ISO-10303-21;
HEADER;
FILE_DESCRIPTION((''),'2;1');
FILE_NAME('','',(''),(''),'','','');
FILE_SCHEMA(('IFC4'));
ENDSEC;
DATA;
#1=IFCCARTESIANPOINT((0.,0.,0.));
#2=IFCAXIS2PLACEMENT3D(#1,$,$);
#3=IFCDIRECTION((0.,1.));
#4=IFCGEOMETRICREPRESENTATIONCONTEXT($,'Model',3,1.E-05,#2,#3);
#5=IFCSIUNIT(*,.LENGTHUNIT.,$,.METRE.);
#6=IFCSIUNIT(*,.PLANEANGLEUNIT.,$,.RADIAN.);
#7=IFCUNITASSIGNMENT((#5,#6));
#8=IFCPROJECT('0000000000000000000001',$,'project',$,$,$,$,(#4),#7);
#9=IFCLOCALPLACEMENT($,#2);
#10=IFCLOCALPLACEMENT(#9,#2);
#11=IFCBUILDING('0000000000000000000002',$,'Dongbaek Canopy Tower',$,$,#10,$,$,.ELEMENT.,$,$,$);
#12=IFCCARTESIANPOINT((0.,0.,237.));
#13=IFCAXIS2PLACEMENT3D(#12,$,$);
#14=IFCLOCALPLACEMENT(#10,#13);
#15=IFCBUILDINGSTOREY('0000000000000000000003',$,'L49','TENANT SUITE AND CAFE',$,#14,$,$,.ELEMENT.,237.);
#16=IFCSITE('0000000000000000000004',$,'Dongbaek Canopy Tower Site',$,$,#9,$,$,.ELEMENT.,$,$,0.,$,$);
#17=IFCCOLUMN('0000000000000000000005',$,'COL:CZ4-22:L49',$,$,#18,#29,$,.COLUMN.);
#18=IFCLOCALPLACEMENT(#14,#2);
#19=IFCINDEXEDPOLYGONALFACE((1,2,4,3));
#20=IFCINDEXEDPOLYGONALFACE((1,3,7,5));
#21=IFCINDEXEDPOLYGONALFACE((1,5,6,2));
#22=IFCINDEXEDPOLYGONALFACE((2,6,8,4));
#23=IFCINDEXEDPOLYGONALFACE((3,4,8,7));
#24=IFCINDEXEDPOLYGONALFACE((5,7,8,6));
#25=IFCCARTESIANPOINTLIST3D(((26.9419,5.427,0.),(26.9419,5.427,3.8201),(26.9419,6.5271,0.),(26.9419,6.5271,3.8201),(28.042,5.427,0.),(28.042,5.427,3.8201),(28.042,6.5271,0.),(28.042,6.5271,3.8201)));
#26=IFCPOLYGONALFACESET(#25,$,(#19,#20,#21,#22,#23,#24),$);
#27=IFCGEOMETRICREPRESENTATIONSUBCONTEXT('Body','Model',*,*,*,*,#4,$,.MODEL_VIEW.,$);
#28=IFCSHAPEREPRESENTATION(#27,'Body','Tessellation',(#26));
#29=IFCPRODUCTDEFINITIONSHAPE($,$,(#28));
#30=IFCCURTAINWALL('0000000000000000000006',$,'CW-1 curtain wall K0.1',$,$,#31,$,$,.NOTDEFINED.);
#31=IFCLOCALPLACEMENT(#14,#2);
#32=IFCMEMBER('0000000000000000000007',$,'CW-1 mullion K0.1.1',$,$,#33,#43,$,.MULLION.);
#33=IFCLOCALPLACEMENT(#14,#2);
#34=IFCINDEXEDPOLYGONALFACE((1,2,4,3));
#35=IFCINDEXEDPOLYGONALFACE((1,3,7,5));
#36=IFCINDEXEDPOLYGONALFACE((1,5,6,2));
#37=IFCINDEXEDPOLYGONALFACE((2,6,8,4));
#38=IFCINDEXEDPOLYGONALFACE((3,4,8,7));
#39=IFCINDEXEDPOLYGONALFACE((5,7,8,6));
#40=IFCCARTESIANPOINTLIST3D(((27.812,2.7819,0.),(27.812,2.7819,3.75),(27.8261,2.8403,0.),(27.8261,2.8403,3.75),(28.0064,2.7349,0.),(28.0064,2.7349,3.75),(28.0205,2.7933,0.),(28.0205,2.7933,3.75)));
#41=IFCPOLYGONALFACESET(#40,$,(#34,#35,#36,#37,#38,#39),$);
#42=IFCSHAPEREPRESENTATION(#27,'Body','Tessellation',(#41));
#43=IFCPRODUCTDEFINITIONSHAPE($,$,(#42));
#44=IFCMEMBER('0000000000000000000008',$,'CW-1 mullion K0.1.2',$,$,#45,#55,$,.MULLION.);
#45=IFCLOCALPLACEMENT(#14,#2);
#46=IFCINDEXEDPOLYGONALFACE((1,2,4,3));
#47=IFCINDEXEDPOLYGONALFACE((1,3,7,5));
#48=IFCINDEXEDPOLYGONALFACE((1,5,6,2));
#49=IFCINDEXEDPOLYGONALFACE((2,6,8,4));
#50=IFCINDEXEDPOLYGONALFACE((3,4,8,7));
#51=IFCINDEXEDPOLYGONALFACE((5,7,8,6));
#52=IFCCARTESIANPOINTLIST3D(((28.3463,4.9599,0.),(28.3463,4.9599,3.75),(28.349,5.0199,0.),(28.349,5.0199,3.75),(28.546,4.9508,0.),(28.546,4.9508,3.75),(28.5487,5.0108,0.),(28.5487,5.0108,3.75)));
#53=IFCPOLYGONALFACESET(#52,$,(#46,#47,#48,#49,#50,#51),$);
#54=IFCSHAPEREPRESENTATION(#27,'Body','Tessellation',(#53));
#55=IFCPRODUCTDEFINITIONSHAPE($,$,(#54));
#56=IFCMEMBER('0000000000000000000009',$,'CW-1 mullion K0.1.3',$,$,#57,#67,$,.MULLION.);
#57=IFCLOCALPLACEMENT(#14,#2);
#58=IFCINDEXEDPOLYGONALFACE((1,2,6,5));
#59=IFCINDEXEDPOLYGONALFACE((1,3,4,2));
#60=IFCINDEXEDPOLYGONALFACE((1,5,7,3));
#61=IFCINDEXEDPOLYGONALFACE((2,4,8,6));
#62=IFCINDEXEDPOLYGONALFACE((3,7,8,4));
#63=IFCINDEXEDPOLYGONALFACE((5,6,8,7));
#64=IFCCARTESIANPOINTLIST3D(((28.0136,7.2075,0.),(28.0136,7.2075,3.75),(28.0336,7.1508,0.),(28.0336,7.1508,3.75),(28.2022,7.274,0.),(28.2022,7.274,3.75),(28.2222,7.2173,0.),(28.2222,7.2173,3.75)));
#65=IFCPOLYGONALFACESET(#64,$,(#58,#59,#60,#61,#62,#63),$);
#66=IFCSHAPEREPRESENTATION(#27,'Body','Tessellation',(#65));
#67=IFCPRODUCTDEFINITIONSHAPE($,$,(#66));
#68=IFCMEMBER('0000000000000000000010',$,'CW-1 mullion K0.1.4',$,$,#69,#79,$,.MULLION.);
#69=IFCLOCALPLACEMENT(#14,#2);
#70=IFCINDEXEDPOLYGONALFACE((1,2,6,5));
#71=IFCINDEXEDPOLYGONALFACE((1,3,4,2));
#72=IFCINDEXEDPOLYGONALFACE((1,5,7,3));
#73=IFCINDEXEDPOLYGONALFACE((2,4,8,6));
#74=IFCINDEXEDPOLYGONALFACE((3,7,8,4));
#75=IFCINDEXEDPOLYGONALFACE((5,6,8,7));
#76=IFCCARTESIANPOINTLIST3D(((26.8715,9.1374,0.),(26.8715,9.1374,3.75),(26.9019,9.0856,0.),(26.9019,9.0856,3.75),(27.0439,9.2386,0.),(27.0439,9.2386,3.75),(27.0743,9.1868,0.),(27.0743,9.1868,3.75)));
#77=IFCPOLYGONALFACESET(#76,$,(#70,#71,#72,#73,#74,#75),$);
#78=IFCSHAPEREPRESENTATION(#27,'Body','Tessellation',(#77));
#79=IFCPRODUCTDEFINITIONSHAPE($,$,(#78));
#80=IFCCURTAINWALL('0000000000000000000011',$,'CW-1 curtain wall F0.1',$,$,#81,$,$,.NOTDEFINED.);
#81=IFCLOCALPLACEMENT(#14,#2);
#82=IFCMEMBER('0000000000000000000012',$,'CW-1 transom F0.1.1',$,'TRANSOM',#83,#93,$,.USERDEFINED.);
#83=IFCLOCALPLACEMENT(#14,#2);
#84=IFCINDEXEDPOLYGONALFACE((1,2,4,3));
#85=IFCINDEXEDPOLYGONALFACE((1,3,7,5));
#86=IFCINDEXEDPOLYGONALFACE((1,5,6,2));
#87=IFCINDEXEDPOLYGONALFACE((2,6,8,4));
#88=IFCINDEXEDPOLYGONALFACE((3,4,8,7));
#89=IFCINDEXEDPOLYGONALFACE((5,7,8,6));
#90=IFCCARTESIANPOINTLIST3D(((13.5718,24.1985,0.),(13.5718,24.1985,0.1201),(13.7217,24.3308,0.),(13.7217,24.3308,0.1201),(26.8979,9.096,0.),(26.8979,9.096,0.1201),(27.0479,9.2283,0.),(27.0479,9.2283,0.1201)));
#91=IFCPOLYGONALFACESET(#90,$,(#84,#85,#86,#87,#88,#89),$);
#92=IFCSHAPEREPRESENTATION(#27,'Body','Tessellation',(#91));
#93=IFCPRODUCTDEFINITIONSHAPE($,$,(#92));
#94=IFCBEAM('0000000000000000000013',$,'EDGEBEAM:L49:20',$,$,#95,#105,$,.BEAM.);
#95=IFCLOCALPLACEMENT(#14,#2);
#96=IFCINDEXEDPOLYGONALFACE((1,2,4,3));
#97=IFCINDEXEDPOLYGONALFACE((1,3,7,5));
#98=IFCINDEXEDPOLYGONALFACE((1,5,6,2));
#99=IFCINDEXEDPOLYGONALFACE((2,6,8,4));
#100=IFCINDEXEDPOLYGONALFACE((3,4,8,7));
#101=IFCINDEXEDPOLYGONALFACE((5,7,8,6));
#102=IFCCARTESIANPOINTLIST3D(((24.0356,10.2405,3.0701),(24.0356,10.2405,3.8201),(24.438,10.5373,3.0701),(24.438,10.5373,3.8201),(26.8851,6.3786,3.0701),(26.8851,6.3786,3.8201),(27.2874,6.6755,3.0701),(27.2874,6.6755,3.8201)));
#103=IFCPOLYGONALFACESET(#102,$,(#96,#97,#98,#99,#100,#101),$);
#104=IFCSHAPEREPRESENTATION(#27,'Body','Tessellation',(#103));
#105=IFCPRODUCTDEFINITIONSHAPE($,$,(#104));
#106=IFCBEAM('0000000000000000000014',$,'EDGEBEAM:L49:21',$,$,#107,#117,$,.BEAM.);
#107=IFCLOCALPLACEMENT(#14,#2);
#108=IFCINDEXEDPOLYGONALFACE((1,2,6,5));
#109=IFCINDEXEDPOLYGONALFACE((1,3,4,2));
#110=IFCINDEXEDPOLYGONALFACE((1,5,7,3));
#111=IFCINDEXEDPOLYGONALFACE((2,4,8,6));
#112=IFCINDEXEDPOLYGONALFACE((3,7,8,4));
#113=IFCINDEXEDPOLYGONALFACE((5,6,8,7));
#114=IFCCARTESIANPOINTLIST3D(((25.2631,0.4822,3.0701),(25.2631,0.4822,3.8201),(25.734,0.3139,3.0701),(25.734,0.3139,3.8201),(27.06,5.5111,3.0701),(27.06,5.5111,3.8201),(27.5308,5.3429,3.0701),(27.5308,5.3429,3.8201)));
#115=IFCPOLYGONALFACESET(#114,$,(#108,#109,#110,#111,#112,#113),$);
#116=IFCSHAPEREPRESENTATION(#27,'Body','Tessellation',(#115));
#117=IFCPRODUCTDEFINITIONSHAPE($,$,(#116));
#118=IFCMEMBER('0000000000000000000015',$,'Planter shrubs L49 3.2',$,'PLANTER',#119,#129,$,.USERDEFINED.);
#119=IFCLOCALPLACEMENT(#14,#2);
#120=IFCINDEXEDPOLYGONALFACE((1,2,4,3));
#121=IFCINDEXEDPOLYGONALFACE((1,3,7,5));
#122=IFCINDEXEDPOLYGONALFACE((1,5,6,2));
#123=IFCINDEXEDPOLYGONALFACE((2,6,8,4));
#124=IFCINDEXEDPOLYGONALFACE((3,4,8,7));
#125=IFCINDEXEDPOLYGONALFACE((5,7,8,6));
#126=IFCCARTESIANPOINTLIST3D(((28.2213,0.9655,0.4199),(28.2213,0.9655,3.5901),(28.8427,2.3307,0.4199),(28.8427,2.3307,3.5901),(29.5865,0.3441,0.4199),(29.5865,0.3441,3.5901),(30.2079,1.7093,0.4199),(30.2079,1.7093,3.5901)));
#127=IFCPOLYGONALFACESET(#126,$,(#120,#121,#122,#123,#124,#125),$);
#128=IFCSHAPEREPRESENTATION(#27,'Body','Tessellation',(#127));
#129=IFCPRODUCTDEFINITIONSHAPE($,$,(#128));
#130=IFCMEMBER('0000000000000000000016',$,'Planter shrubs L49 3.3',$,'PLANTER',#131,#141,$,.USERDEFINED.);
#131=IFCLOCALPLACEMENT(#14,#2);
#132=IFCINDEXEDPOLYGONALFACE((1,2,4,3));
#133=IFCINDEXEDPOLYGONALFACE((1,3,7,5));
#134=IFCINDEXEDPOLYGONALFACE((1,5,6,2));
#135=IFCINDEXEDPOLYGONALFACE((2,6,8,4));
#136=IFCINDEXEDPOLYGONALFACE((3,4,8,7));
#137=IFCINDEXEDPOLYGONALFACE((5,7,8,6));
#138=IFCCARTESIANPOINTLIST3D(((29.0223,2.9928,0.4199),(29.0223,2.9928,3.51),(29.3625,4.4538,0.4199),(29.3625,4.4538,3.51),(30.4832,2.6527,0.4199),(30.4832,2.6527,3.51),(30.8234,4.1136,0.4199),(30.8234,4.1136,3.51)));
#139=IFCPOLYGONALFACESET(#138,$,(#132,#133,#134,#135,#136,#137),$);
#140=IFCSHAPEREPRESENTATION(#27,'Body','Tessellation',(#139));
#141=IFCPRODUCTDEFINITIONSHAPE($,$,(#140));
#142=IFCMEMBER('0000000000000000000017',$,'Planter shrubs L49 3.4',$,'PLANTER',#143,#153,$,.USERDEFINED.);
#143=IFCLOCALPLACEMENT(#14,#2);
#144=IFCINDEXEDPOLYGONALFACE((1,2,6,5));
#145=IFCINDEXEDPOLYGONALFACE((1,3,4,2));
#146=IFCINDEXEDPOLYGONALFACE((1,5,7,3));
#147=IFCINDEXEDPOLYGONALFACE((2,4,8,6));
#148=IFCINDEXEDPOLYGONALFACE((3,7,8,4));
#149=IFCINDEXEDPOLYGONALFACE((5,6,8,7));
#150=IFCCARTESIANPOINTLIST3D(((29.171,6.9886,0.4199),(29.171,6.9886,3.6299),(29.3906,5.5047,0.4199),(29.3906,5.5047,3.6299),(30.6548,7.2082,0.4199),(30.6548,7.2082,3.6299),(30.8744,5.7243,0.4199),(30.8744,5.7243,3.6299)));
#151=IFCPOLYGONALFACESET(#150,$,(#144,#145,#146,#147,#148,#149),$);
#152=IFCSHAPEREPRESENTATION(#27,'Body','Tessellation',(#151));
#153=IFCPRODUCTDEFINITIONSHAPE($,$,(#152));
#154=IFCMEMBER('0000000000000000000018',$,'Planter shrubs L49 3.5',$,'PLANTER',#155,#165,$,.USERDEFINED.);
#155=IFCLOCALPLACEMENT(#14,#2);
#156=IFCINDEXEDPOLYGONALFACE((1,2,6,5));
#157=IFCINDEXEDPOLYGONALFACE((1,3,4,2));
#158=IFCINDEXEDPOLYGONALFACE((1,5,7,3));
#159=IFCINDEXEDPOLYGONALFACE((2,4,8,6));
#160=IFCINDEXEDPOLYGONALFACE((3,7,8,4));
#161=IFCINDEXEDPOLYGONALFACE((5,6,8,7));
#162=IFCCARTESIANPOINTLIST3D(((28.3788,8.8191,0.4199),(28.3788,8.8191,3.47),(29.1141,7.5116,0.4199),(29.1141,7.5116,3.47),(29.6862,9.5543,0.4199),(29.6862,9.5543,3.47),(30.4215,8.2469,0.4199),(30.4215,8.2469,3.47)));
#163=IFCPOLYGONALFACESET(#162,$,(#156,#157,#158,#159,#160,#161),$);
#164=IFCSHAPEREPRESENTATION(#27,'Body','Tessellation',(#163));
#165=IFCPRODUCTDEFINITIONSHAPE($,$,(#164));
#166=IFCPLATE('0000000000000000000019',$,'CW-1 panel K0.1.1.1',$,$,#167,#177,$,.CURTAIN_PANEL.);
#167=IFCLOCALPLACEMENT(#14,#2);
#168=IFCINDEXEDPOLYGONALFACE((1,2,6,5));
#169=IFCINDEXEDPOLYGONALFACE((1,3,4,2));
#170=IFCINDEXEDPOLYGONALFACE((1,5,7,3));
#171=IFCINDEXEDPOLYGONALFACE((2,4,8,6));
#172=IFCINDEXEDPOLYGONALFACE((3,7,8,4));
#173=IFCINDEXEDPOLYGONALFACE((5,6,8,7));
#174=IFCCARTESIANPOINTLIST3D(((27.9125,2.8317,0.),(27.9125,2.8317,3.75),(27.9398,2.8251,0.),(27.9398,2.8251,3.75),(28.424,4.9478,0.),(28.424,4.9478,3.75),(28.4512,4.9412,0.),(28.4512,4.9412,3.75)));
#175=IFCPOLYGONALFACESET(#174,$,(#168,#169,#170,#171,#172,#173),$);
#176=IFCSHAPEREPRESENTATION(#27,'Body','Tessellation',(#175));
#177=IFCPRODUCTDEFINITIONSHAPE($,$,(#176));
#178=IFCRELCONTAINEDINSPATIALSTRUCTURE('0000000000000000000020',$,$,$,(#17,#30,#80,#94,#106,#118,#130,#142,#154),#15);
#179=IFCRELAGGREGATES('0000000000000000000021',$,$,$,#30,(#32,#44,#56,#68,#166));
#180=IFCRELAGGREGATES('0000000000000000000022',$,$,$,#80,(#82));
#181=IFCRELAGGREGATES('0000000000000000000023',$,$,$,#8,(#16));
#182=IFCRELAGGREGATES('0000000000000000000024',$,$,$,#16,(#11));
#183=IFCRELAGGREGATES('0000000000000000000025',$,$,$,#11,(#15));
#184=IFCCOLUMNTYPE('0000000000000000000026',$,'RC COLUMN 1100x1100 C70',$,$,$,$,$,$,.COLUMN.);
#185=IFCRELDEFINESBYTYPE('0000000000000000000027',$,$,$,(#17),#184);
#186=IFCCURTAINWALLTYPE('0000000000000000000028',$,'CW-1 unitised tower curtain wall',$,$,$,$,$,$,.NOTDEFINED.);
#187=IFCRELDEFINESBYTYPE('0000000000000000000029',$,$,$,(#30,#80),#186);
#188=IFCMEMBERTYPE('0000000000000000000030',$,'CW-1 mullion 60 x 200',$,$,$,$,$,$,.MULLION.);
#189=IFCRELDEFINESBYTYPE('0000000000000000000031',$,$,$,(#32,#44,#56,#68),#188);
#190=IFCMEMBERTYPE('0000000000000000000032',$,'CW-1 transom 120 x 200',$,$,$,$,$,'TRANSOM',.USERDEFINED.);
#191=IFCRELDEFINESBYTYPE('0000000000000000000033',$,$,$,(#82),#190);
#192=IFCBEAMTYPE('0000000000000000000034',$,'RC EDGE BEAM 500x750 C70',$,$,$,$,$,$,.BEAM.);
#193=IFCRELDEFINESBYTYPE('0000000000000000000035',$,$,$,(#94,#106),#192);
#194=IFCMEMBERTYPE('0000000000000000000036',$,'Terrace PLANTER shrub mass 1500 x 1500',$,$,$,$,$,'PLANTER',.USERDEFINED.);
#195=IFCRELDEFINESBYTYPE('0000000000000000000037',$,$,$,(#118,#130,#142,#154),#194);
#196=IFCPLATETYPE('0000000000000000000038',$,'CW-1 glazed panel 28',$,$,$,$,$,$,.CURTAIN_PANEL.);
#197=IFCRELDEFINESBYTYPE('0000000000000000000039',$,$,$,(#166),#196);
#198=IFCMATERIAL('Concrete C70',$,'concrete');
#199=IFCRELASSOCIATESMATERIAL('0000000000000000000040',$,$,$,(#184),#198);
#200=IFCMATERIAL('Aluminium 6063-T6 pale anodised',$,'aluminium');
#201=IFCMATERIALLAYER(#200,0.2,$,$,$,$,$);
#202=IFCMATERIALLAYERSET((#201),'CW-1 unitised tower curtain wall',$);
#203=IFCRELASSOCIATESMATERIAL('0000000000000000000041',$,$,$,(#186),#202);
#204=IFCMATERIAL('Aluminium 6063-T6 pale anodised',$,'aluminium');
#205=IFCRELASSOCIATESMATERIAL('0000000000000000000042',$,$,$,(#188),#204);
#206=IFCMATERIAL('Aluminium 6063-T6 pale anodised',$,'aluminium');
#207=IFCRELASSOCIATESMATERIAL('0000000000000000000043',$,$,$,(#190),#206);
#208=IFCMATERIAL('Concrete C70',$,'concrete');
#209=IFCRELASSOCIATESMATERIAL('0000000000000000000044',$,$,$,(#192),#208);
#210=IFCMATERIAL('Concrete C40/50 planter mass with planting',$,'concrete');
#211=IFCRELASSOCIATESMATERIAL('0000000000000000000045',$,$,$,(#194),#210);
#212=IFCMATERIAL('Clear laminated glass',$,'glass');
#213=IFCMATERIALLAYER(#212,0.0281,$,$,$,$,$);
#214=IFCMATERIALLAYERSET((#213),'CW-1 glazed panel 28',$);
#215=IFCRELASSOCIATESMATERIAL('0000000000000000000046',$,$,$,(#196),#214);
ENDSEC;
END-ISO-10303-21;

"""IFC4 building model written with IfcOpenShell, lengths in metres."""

from ifc_helpers import new_model, si_unit, direction, frame, origin, origin_2d, place, context, subcontext, project, spatial, rectangle, extrude, material, layer, layer_set, material_profile, profile_set, type_object, element, aggregate, save


model = new_model("IFC4")

# Units and contexts
model_context = context("Model", 3, precision=1e-05, world=origin(), true_north=direction((0.0, 1.0)))
body_context = subcontext(model_context, "Body", "Model", "MODEL_VIEW")
ifc_project = project(units=[si_unit("LENGTHUNIT", "METRE"), si_unit("PLANEANGLEUNIT", "RADIAN")], contexts=[model_context])

# Site, building, storey
site_placement = place(None, origin())
site = spatial("IfcSite", under=ifc_project, at=site_placement, Name="Dongbaek Canopy Tower Site", CompositionType="ELEMENT", RefElevation=0.0)
building_placement = place(site_placement, origin())
building = spatial("IfcBuilding", under=site, at=building_placement, Name="Dongbaek Canopy Tower", CompositionType="ELEMENT")
storey_placement = place(building_placement, frame((0.0, 0.0, 237.0)))
storey = spatial("IfcBuildingStorey", under=building, at=storey_placement, Name="L49", Description="TENANT SUITE AND CAFE", CompositionType="ELEMENT", Elevation=237.0)

# Column
ifc_material_1 = material(Name="Concrete C70", Category="concrete")
ifc_material_profile_1 = material_profile(ifc_material_1, rectangle(XDim=1.1001, YDim=1.1001, at=origin_2d()), Name="RC COLUMN 1100x1100 C70")
ifc_profile_set_1 = profile_set([ifc_material_profile_1], Name="Concrete C70")
column_type = type_object("IfcColumnType", Name="RC COLUMN 1100x1100 C70", PredefinedType="COLUMN", material=ifc_profile_set_1)
column_placement = place(storey_placement, frame((27.4919, 5.9771, 0.0), z_axis=(0.0, 0.0, 1.0), x_axis=(1.0, 0.0, 0.0)))
element("IfcColumn", 1, at=column_placement, inside=storey, type_object=column_type, Name="COL:CZ4-22:L49", PredefinedType="COLUMN", context=body_context, shape_type="SweptSolid", body=[
    extrude(rectangle(XDim=1.1001, YDim=1.1001, at=origin_2d()), origin(), (0.0, 0.0, 1.0), 3.8201),
])

# Curtain wall, members
ifc_material_2 = material(Name="Aluminium 6063-T6 pale anodised", Category="aluminium")
ifc_layer_1 = layer(ifc_material_2, 0.2)
ifc_layer_set_1 = layer_set([ifc_layer_1], Name="CW-1 unitised tower curtain wall")
curtain_wall_type = type_object("IfcCurtainWallType", Name="CW-1 unitised tower curtain wall", PredefinedType="NOTDEFINED", material=ifc_layer_set_1)
curtain_wall_1_placement = place(storey_placement, origin())
curtain_wall_1 = element("IfcCurtainWall", 2, at=curtain_wall_1_placement, inside=storey, type_object=curtain_wall_type, Name="CW-1 curtain wall K0.1", PredefinedType="NOTDEFINED")
ifc_material_3 = material(Name="Aluminium 6063-T6 pale anodised", Category="aluminium")
ifc_material_profile_2 = material_profile(ifc_material_3, rectangle(XDim=0.2, YDim=0.0601, at=origin_2d()), Name="CW-1 mullion 60 x 200")
ifc_profile_set_2 = profile_set([ifc_material_profile_2], Name="Aluminium 6063-T6 pale anodised")
member_type_1 = type_object("IfcMemberType", Name="CW-1 mullion 60 x 200", PredefinedType="MULLION", material=ifc_profile_set_2)
member_1_placement = place(storey_placement, frame((27.9163, 2.7876, 0.0), z_axis=(0.0, 0.0, 1.0), x_axis=(0.972014, -0.234923, 0.0)))
member_1 = element("IfcMember", 3, at=member_1_placement, type_object=member_type_1, Name="CW-1 mullion K0.1.1", PredefinedType="MULLION", context=body_context, shape_type="SweptSolid", body=[
    extrude(rectangle(XDim=0.2, YDim=0.0601, at=origin_2d()), origin(), (0.0, 0.0, 1.0), 3.75),
])
member_2_placement = place(storey_placement, frame((28.4475, 4.9854, 0.0), z_axis=(0.0, 0.0, 1.0), x_axis=(0.998983, -0.045098, 0.0)))
member_2 = element("IfcMember", 4, at=member_2_placement, type_object=member_type_1, Name="CW-1 mullion K0.1.2", PredefinedType="MULLION", context=body_context, shape_type="SweptSolid", body=[
    extrude(rectangle(XDim=0.2, YDim=0.0601, at=origin_2d()), origin(), (0.0, 0.0, 1.0), 3.75),
])
member_3_placement = place(storey_placement, frame((28.1179, 7.2124, 0.0), z_axis=(0.0, 0.0, 1.0), x_axis=(0.943108, 0.332487, 0.0)))
member_3 = element("IfcMember", 5, at=member_3_placement, type_object=member_type_1, Name="CW-1 mullion K0.1.3", PredefinedType="MULLION", context=body_context, shape_type="SweptSolid", body=[
    extrude(rectangle(XDim=0.2, YDim=0.0601, at=origin_2d()), origin(), (0.0, 0.0, 1.0), 3.75),
])
member_4_placement = place(storey_placement, frame((26.9729, 9.1621, 0.0), z_axis=(0.0, 0.0, 1.0), x_axis=(0.862318, 0.506367, 0.0)))
member_4 = element("IfcMember", 6, at=member_4_placement, type_object=member_type_1, Name="CW-1 mullion K0.1.4", PredefinedType="MULLION", context=body_context, shape_type="SweptSolid", body=[
    extrude(rectangle(XDim=0.2, YDim=0.0601, at=origin_2d()), origin(), (0.0, 0.0, 1.0), 3.75),
])

# Curtain wall, member
curtain_wall_2_placement = place(storey_placement, origin())
curtain_wall_2 = element("IfcCurtainWall", 7, at=curtain_wall_2_placement, inside=storey, type_object=curtain_wall_type, Name="CW-1 curtain wall F0.1", PredefinedType="NOTDEFINED")
ifc_material_4 = material(Name="Aluminium 6063-T6 pale anodised", Category="aluminium")
ifc_material_profile_3 = material_profile(ifc_material_4, rectangle(XDim=0.2, YDim=0.1201, at=origin_2d()), Name="CW-1 transom 120 x 200")
ifc_profile_set_3 = profile_set([ifc_material_profile_3], Name="Aluminium 6063-T6 pale anodised")
member_type_2 = type_object("IfcMemberType", Name="CW-1 transom 120 x 200", ElementType="TRANSOM", PredefinedType="USERDEFINED", material=ifc_profile_set_3)
member_5_placement = place(storey_placement, frame((26.9729, 9.1621, 0.0601), z_axis=(-0.661633, 0.749828, 0.0), x_axis=(-0.749828, -0.661633, 0.0)))
member_5 = element("IfcMember", 8, at=member_5_placement, type_object=member_type_2, Name="CW-1 transom F0.1.1", ObjectType="TRANSOM", PredefinedType="USERDEFINED", context=body_context, shape_type="SweptSolid", body=[
    extrude(rectangle(XDim=0.2, YDim=0.1201, at=origin_2d()), origin(), (0.0, 0.0, 1.0), 20.1414),
])

# Beams
ifc_material_5 = material(Name="Concrete C70", Category="concrete")
ifc_material_profile_4 = material_profile(ifc_material_5, rectangle(XDim=0.5, YDim=0.75, at=origin_2d()), Name="RC EDGE BEAM 500x750 C70")
ifc_profile_set_4 = profile_set([ifc_material_profile_4], Name="Concrete C70")
beam_type = type_object("IfcBeamType", Name="RC EDGE BEAM 500x750 C70", PredefinedType="BEAM", material=ifc_profile_set_4)
beam_1_placement = place(storey_placement, frame((24.2368, 10.3889, 3.4451), z_axis=(0.593714, -0.804676, 0.0), x_axis=(0.804676, 0.593714, 0.0)))
element("IfcBeam", 9, at=beam_1_placement, inside=storey, type_object=beam_type, Name="EDGEBEAM:L49:20", PredefinedType="BEAM", context=body_context, shape_type="SweptSolid", body=[
    extrude(rectangle(XDim=0.5, YDim=0.75, at=origin_2d()), origin(), (0.0, 0.0, 1.0), 4.7993),
])
beam_2_placement = place(storey_placement, frame((27.2954, 5.427, 3.4451), z_axis=(-0.336467, -0.941695, 0.0), x_axis=(0.941695, -0.336467, 0.0)))
element("IfcBeam", 10, at=beam_2_placement, inside=storey, type_object=beam_type, Name="EDGEBEAM:L49:21", PredefinedType="BEAM", context=body_context, shape_type="SweptSolid", body=[
    extrude(rectangle(XDim=0.5, YDim=0.75, at=origin_2d()), origin(), (0.0, 0.0, 1.0), 5.3403),
])

# Members
ifc_material_6 = material(Name="Concrete C40/50 planter mass with planting", Category="concrete")
ifc_material_profile_5 = material_profile(ifc_material_6, rectangle(XDim=1.5, YDim=1.5, at=origin_2d()), Name="Terrace PLANTER shrub mass 1500 x 1500")
ifc_profile_set_5 = profile_set([ifc_material_profile_5], Name="Concrete C40/50 planter mass with planting")
member_type_3 = type_object("IfcMemberType", Name="Terrace PLANTER shrub mass 1500 x 1500", ElementType="PLANTER", PredefinedType="USERDEFINED", material=ifc_profile_set_5)
member_6_placement = place(storey_placement, frame((29.2146, 1.3374, 0.4199), z_axis=(0.0, 0.0, 1.0), x_axis=(0.910164, -0.414249, 0.0)))
element("IfcMember", 11, at=member_6_placement, inside=storey, type_object=member_type_3, Name="Planter shrubs L49 3.2", ObjectType="PLANTER", PredefinedType="USERDEFINED", context=body_context, shape_type="SweptSolid", body=[
    extrude(rectangle(XDim=1.5, YDim=1.5, at=origin_2d()), origin(), (0.0, 0.0, 1.0), 3.1702),
])
member_7_placement = place(storey_placement, frame((29.9229, 3.5532, 0.4199), z_axis=(0.0, 0.0, 1.0), x_axis=(0.973951, -0.22676, 0.0)))
element("IfcMember", 12, at=member_7_placement, inside=storey, type_object=member_type_3, Name="Planter shrubs L49 3.3", ObjectType="PLANTER", PredefinedType="USERDEFINED", context=body_context, shape_type="SweptSolid", body=[
    extrude(rectangle(XDim=1.5, YDim=1.5, at=origin_2d()), origin(), (0.0, 0.0, 1.0), 3.0901),
])
member_8_placement = place(storey_placement, frame((30.0227, 6.3564, 0.4199), z_axis=(0.0, 0.0, 1.0), x_axis=(0.989228, 0.146385, 0.0)))
element("IfcMember", 13, at=member_8_placement, inside=storey, type_object=member_type_3, Name="Planter shrubs L49 3.4", ObjectType="PLANTER", PredefinedType="USERDEFINED", context=body_context, shape_type="SweptSolid", body=[
    extrude(rectangle(XDim=1.5, YDim=1.5, at=origin_2d()), origin(), (0.0, 0.0, 1.0), 3.21),
])
member_9_placement = place(storey_placement, frame((29.4001, 8.533, 0.4199), z_axis=(0.0, 0.0, 1.0), x_axis=(0.871626, 0.490171, 0.0)))
element("IfcMember", 14, at=member_9_placement, inside=storey, type_object=member_type_3, Name="Planter shrubs L49 3.5", ObjectType="PLANTER", PredefinedType="USERDEFINED", context=body_context, shape_type="SweptSolid", body=[
    extrude(rectangle(XDim=1.5, YDim=1.5, at=origin_2d()), origin(), (0.0, 0.0, 1.0), 3.05),
])

# Plate
ifc_material_7 = material(Name="Clear laminated glass", Category="glass")
ifc_layer_2 = layer(ifc_material_7, 0.0281)
ifc_layer_set_2 = layer_set([ifc_layer_2], Name="CW-1 glazed panel 28")
plate_type = type_object("IfcPlateType", Name="CW-1 glazed panel 28", PredefinedType="CURTAIN_PANEL", material=ifc_layer_set_2)
plate_1_placement = place(storey_placement, frame((28.1819, 3.8865, 0.0), z_axis=(0.0, 0.0, 1.0), x_axis=(0.234923, 0.972014, 0.0)))
plate_1 = element("IfcPlate", 15, at=plate_1_placement, type_object=plate_type, Name="CW-1 panel K0.1.1.1", PredefinedType="CURTAIN_PANEL", context=body_context, shape_type="SweptSolid", body=[
    extrude(rectangle(XDim=2.177, YDim=0.0281, at=origin_2d()), origin(), (0.0, 0.0, 1.0), 3.75),
])
aggregate(curtain_wall_1, [member_1, member_2, member_3, member_4, plate_1])

aggregate(curtain_wall_2, [member_5])

save(model, "model.ifc")
